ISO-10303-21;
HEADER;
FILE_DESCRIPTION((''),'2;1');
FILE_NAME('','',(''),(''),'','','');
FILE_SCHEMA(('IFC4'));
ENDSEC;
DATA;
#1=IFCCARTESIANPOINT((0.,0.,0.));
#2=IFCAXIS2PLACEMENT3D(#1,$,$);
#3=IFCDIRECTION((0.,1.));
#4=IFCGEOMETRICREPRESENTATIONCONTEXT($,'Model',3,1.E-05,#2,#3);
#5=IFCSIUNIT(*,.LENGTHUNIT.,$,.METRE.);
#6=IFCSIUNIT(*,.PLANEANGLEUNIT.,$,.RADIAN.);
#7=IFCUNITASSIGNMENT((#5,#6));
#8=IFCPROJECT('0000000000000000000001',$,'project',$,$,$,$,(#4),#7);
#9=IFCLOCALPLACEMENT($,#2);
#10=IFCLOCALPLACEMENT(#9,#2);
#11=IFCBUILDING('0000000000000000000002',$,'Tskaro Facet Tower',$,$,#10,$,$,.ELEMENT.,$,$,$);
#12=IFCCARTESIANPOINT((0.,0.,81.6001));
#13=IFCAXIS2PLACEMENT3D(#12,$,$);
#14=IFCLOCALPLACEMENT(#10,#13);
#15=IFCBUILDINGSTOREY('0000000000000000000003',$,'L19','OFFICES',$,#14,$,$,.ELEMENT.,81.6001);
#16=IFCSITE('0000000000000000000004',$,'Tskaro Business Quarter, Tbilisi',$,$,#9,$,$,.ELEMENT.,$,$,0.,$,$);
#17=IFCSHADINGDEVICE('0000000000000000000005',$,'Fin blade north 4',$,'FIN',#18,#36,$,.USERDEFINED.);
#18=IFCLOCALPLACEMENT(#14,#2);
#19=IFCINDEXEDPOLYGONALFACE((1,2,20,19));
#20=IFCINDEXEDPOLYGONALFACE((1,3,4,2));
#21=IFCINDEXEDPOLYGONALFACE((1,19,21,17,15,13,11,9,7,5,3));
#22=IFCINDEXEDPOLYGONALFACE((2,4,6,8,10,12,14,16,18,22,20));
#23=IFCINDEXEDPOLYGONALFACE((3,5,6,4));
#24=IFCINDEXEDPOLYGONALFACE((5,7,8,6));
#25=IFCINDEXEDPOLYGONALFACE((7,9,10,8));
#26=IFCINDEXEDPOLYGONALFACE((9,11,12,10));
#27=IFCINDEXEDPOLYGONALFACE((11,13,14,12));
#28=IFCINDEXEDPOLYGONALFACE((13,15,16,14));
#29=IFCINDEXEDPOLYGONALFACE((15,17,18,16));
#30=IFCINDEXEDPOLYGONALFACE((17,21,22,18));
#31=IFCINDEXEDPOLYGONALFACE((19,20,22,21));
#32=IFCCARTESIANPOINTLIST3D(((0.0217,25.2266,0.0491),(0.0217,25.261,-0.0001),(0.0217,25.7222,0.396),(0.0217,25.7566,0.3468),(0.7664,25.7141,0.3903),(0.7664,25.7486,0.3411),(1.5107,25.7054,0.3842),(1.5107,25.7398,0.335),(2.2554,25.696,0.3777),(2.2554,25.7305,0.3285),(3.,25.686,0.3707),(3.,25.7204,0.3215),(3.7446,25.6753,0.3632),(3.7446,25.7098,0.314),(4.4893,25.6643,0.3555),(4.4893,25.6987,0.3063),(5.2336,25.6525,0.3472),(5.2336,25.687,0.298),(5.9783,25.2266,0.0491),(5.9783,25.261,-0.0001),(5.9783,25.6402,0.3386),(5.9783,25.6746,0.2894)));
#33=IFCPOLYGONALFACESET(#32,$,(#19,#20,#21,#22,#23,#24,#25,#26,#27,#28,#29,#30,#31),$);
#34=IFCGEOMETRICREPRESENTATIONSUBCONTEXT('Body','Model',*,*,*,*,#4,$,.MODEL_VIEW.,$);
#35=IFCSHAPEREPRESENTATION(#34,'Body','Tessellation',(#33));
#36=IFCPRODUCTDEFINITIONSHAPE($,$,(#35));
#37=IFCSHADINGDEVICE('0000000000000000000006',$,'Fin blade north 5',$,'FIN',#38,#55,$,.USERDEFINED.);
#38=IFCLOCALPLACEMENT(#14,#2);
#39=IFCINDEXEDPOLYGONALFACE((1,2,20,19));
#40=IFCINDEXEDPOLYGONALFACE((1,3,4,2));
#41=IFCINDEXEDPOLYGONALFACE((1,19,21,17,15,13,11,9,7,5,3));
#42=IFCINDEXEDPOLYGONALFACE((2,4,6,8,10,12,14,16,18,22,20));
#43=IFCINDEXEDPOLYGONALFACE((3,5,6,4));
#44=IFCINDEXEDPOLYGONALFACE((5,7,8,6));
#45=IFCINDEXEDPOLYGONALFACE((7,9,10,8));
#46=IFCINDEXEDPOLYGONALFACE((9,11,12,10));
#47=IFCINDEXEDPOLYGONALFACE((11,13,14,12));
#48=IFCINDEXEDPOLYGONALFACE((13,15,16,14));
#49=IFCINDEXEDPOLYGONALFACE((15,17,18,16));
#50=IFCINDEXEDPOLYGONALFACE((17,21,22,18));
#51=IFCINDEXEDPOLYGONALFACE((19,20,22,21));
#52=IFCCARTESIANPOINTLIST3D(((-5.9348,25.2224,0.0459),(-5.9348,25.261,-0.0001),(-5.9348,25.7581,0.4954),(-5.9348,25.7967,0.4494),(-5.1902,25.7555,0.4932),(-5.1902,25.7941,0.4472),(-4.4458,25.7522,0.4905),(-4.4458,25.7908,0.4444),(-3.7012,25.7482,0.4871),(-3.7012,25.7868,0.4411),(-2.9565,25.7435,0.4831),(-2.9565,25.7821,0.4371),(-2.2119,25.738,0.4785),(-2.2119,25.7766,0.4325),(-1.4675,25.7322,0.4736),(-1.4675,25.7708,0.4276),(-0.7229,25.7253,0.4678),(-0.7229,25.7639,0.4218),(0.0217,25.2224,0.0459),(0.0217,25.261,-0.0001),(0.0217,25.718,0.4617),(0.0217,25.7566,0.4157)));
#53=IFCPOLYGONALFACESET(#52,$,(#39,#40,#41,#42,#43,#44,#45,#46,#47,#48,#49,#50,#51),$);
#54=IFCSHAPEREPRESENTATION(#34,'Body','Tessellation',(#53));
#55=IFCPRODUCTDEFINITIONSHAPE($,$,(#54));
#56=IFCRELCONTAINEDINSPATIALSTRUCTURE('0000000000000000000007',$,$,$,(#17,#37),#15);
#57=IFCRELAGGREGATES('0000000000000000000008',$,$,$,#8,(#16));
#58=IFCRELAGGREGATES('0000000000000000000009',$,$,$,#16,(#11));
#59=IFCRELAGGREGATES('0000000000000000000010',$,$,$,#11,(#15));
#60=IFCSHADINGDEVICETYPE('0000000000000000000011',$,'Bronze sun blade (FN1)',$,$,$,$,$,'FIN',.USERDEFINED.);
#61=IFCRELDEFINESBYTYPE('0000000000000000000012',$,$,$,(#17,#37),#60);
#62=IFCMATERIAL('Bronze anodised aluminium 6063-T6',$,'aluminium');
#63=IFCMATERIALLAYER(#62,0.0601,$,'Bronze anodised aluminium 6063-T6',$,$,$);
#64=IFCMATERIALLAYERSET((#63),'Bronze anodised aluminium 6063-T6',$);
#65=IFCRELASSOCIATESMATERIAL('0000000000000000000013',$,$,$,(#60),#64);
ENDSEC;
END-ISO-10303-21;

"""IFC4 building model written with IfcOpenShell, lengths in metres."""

from ifc_helpers import new_model, si_unit, direction, frame, origin, place, context, subcontext, project, spatial, polyline, outline, extrude, material, layer, layer_set, type_object, element, save


model = new_model("IFC4")

# Units and contexts
model_context = context("Model", 3, precision=1e-05, world=origin(), true_north=direction((0.0, 1.0)))
body_context = subcontext(model_context, "Body", "Model", "MODEL_VIEW")
ifc_project = project(units=[si_unit("LENGTHUNIT", "METRE"), si_unit("PLANEANGLEUNIT", "RADIAN")], contexts=[model_context])

# Site, building, storey
site_placement = place(None, origin())
site = spatial("IfcSite", under=ifc_project, at=site_placement, Name="Tskaro Business Quarter, Tbilisi", CompositionType="ELEMENT", RefElevation=0.0)
building_placement = place(site_placement, origin())
building = spatial("IfcBuilding", under=site, at=building_placement, Name="Tskaro Facet Tower", CompositionType="ELEMENT")
storey_placement = place(building_placement, frame((0.0, 0.0, 81.6001)))
storey = spatial("IfcBuildingStorey", under=building, at=storey_placement, Name="L19", Description="OFFICES", CompositionType="ELEMENT", Elevation=81.6001)

# Shared definitions
ifc_material_1 = material(Name="Bronze anodised aluminium 6063-T6", Category="aluminium")

# Shading devices
ifc_layer_1 = layer(ifc_material_1, 0.0601, Name="Bronze anodised aluminium 6063-T6")
ifc_layer_set_1 = layer_set([ifc_layer_1], Name="Bronze anodised aluminium 6063-T6")
shading_device_type = type_object("IfcShadingDeviceType", Name="Bronze sun blade (FN1)", ElementType="FIN", PredefinedType="USERDEFINED", material=ifc_layer_set_1)
shading_device_1_placement = place(storey_placement, frame((5.9783, 25.2266, 0.0491), z_axis=(-0.000003, -0.573455, 0.819237), x_axis=(-1.0, 0.000002, -0.000002)))
element("IfcShadingDevice", 1, at=shading_device_1_placement, inside=storey, type_object=shading_device_type, Name="Fin blade north 4", ObjectType="FIN", PredefinedType="USERDEFINED", context=body_context, shape_type="SweptSolid", body=[
    extrude(outline(polyline([(0.0, 0.0), (5.9565, 0.0), (5.9565, -0.605), (5.2119, -0.5951), (4.4675, -0.5844), (3.7229, -0.5731), (2.9783, -0.5608), (2.2336, -0.5478), (1.489, -0.5343), (0.7446, -0.52), (0.0, -0.5049), (0.0, 0.0)])), origin(), (0.0, 0.0, -1.0), 0.0601),
])
shading_device_2_placement = place(storey_placement, frame((0.0217, 25.2224, 0.0459), z_axis=(0.000006, -0.64275, 0.766076), x_axis=(-1.0, -0.000004, 0.000005)))
element("IfcShadingDevice", 2, at=shading_device_2_placement, inside=storey, type_object=shading_device_type, Name="Fin blade north 5", ObjectType="FIN", PredefinedType="USERDEFINED", context=body_context, shape_type="SweptSolid", body=[
    extrude(outline(polyline([(0.0, 0.0), (5.9565, 0.0), (5.9565, -0.6992), (5.2119, -0.696), (4.4675, -0.6916), (3.7229, -0.6864), (2.9783, -0.6802), (2.2336, -0.6731), (1.4893, -0.6654), (0.7446, -0.6564), (0.0, -0.6469), (0.0, 0.0)])), origin(), (0.0, 0.0, -1.0), 0.0601),
])

save(model, "model.ifc")
